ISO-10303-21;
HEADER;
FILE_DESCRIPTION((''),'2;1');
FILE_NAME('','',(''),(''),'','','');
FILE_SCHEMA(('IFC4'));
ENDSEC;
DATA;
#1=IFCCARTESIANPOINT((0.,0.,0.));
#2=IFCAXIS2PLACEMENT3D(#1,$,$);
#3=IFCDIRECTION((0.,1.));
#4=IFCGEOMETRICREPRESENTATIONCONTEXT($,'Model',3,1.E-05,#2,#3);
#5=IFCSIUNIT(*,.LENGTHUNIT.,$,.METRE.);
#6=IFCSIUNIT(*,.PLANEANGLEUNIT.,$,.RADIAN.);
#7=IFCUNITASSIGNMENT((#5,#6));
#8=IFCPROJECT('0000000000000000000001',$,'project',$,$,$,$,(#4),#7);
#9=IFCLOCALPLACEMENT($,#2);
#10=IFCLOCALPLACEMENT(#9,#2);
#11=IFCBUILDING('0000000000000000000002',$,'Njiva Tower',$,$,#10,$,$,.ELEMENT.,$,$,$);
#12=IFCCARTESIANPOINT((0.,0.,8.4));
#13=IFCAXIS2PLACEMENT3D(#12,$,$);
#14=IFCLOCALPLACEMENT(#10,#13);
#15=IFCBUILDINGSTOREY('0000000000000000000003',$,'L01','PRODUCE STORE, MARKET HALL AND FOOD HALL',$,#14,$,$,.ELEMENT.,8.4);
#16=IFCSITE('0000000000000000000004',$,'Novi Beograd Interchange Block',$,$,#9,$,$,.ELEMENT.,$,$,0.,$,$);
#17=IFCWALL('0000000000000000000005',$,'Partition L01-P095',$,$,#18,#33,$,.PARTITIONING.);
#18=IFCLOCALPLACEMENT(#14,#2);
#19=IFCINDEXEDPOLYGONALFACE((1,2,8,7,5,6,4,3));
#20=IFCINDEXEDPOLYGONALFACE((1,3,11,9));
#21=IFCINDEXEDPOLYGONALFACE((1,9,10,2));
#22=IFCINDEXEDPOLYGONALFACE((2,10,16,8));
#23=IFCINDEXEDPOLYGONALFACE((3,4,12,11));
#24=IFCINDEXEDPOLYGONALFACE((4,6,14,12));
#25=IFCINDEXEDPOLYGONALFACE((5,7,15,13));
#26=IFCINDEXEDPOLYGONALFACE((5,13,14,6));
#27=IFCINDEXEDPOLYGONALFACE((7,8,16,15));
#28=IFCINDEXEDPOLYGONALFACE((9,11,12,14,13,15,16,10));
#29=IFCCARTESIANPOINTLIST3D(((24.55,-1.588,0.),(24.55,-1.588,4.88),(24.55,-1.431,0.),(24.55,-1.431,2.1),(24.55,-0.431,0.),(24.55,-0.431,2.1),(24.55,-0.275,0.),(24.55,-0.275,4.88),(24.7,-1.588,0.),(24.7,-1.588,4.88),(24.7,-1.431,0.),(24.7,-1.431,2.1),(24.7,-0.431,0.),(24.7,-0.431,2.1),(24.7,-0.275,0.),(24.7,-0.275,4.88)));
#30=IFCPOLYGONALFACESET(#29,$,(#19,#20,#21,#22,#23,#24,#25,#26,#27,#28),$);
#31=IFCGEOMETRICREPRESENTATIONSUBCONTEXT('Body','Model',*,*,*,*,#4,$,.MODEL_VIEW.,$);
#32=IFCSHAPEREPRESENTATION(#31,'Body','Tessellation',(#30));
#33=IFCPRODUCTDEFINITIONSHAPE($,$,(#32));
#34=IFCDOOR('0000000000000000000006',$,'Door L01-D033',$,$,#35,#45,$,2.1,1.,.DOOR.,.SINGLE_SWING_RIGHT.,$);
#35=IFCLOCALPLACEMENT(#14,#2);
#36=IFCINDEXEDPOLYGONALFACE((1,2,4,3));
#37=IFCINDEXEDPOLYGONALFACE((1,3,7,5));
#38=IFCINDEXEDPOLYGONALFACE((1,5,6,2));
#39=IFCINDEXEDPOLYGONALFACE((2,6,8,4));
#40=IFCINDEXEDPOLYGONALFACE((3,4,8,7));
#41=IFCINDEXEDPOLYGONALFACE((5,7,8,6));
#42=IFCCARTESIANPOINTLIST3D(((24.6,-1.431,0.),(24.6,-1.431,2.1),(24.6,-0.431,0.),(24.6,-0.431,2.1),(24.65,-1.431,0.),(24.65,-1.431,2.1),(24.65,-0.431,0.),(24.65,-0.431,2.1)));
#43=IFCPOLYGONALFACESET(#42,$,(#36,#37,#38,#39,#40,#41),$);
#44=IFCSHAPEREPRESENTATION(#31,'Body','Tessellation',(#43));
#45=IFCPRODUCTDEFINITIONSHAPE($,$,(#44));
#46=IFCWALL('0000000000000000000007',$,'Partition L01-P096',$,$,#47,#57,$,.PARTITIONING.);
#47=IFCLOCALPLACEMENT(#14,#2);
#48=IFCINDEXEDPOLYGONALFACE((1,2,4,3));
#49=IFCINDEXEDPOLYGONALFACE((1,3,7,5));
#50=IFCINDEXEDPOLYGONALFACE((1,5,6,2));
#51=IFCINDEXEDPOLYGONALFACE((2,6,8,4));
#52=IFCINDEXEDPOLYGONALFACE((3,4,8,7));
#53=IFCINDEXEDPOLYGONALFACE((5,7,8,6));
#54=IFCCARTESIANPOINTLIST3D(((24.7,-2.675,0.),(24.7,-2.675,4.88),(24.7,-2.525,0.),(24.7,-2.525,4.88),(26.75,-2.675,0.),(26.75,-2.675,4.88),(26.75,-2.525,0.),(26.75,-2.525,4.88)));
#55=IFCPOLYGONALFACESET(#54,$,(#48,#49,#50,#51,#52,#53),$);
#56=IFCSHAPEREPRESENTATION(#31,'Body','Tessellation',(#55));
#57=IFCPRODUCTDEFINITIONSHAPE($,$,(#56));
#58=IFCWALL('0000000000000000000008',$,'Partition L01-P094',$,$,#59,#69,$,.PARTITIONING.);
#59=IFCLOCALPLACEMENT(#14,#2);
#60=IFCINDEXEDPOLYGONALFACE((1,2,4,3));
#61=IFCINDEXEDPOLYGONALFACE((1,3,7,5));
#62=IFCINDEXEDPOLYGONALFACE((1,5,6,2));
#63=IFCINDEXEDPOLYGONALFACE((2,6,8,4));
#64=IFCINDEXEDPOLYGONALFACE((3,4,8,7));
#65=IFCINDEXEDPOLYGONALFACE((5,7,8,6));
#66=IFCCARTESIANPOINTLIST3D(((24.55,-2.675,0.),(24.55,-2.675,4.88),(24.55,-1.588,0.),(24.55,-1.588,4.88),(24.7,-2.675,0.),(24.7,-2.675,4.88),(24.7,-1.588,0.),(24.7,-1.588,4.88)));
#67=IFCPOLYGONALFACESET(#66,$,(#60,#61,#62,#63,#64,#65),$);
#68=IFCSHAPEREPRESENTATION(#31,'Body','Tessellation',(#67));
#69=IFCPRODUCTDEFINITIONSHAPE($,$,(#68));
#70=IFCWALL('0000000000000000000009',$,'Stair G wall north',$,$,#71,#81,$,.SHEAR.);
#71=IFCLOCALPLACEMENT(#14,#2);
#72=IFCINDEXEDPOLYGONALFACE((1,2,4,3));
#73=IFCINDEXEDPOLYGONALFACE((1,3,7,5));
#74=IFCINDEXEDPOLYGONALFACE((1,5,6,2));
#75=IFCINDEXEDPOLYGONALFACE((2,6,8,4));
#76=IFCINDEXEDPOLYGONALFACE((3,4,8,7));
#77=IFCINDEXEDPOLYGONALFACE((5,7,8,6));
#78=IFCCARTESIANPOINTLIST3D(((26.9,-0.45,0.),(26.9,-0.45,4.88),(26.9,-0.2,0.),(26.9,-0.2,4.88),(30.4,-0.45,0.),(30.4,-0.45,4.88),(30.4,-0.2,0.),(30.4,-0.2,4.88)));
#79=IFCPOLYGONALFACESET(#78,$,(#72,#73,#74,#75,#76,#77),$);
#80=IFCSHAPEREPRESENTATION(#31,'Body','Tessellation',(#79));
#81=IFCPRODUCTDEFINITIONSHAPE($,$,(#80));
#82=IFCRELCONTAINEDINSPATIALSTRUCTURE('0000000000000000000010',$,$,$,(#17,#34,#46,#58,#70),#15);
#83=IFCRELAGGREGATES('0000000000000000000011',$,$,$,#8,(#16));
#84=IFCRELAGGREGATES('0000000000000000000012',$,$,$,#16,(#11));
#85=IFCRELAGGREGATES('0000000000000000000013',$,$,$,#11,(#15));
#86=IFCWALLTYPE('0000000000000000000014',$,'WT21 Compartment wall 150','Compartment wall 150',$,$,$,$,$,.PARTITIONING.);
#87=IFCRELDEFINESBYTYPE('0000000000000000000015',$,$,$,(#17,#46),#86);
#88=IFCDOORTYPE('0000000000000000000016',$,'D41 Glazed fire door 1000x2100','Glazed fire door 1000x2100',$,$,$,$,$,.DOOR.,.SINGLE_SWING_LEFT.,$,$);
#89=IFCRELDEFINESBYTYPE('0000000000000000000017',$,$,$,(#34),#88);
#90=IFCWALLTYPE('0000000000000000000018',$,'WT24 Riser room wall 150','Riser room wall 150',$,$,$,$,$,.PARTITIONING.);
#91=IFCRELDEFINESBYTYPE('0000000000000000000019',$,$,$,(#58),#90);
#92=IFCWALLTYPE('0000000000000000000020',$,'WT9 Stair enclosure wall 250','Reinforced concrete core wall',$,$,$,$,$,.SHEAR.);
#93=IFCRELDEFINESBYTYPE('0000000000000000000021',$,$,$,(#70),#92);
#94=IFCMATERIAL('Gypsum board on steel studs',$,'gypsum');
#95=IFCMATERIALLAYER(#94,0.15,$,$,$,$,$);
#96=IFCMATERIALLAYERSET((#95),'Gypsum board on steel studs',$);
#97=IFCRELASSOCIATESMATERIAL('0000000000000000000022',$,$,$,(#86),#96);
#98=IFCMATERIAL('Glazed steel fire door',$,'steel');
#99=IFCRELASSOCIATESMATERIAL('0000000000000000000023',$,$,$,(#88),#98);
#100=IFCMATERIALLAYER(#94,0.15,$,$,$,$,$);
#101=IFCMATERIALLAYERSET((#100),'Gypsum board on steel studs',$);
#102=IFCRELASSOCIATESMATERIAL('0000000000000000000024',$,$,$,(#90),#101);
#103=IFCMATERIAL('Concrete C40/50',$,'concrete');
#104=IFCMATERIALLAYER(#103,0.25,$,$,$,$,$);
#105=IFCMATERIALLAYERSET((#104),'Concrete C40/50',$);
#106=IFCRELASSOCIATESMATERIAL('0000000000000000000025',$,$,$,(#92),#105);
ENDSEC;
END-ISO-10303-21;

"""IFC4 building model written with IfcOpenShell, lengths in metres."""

from ifc_helpers import new_model, si_unit, direction, frame, frame_2d, origin, place, context, subcontext, project, spatial, rectangle, extrude, material, layer, layer_set, type_object, element, fill, save


model = new_model("IFC4")

# Units and contexts
model_context = context("Model", 3, precision=1e-05, world=origin(), true_north=direction((0.0, 1.0)))
body_context = subcontext(model_context, "Body", "Model", "MODEL_VIEW")
ifc_project = project(units=[si_unit("LENGTHUNIT", "METRE"), si_unit("PLANEANGLEUNIT", "RADIAN")], contexts=[model_context])

# Site, building, storey
site_placement = place(None, origin())
site = spatial("IfcSite", under=ifc_project, at=site_placement, Name="Novi Beograd Interchange Block", CompositionType="ELEMENT", RefElevation=0.0)
building_placement = place(site_placement, origin())
building = spatial("IfcBuilding", under=site, at=building_placement, Name="Njiva Tower", CompositionType="ELEMENT")
storey_placement = place(building_placement, frame((0.0, 0.0, 8.4)))
storey = spatial("IfcBuildingStorey", under=building, at=storey_placement, Name="L01", Description="PRODUCE STORE, MARKET HALL AND FOOD HALL", CompositionType="ELEMENT", Elevation=8.4)

# Wall, opening, door
ifc_material_1 = material(Name="Gypsum board on steel studs", Category="gypsum")
ifc_layer_1 = layer(ifc_material_1, 0.15)
ifc_layer_set_1 = layer_set([ifc_layer_1], Name="Gypsum board on steel studs")
wall_type_1 = type_object("IfcWallType", Name="WT21 Compartment wall 150", Description="Compartment wall 150", PredefinedType="PARTITIONING", material=ifc_layer_set_1)
wall_1_placement = place(storey_placement, frame((24.625, -1.588, 0.0), z_axis=(0.0, 0.0, 1.0), x_axis=(0.0, 1.0, 0.0)))
wall_1 = element("IfcWall", 1, at=wall_1_placement, inside=storey, type_object=wall_type_1, Name="Partition L01-P095", PredefinedType="PARTITIONING", context=body_context, shape_type="SweptSolid", body=[
    extrude(rectangle(XDim=1.313, YDim=0.15, at=frame_2d((0.6565, 0.0))), origin(), (0.0, 0.0, 1.0), 4.88),
])
opening_placement = place(wall_1_placement, frame((0.157, 0.0, 0.0)))
opening = element("IfcOpeningElement", 2, at=opening_placement, cuts=wall_1, PredefinedType="OPENING", context=body_context, shape_type="SweptSolid", body=[
    extrude(rectangle(XDim=1.0, YDim=2.1, at=frame_2d((0.5, 1.05))), frame((0.0, 0.085, 0.0), z_axis=(0.0, -1.0, 0.0), x_axis=(1.0, 0.0, 0.0)), (0.0, 0.0, 1.0), 0.17),
])
ifc_material_2 = material(Name="Glazed steel fire door", Category="steel")
door_type = type_object("IfcDoorType", Name="D41 Glazed fire door 1000x2100", Description="Glazed fire door 1000x2100", OperationType="SINGLE_SWING_LEFT", PredefinedType="DOOR", material=ifc_material_2)
door_placement = place(opening_placement, origin())
door = element("IfcDoor", 3, at=door_placement, inside=storey, type_object=door_type, Name="Door L01-D033", OperationType="SINGLE_SWING_RIGHT", OverallHeight=2.1, OverallWidth=1.0, PredefinedType="DOOR", context=body_context, shape_type="SweptSolid", body=[
    extrude(rectangle(XDim=1.0, YDim=2.1, at=frame_2d((0.5, 1.05))), frame((0.0, 0.025, 0.0), z_axis=(0.0, -1.0, 0.0), x_axis=(1.0, 0.0, 0.0)), (0.0, 0.0, 1.0), 0.05),
])
fill(opening, door)

# Walls
wall_2_placement = place(storey_placement, frame((24.7, -2.6, 0.0), z_axis=(0.0, 0.0, 1.0), x_axis=(1.0, 0.0, 0.0)))
element("IfcWall", 4, at=wall_2_placement, inside=storey, type_object=wall_type_1, Name="Partition L01-P096", PredefinedType="PARTITIONING", context=body_context, shape_type="SweptSolid", body=[
    extrude(rectangle(XDim=2.05, YDim=0.15, at=frame_2d((1.025, 0.0))), origin(), (0.0, 0.0, 1.0), 4.88),
])
ifc_layer_2 = layer(ifc_material_1, 0.15)
ifc_layer_set_2 = layer_set([ifc_layer_2], Name="Gypsum board on steel studs")
wall_type_2 = type_object("IfcWallType", Name="WT24 Riser room wall 150", Description="Riser room wall 150", PredefinedType="PARTITIONING", material=ifc_layer_set_2)
wall_3_placement = place(storey_placement, frame((24.625, -2.675, 0.0), z_axis=(0.0, 0.0, 1.0), x_axis=(0.0, 1.0, 0.0)))
element("IfcWall", 5, at=wall_3_placement, inside=storey, type_object=wall_type_2, Name="Partition L01-P094", PredefinedType="PARTITIONING", context=body_context, shape_type="SweptSolid", body=[
    extrude(rectangle(XDim=1.087, YDim=0.15, at=frame_2d((0.5435, 0.0))), origin(), (0.0, 0.0, 1.0), 4.88),
])
ifc_material_3 = material(Name="Concrete C40/50", Category="concrete")
ifc_layer_3 = layer(ifc_material_3, 0.25)
ifc_layer_set_3 = layer_set([ifc_layer_3], Name="Concrete C40/50")
wall_type_3 = type_object("IfcWallType", Name="WT9 Stair enclosure wall 250", Description="Reinforced concrete core wall", PredefinedType="SHEAR", material=ifc_layer_set_3)
wall_4_placement = place(storey_placement, frame((26.9, -0.325, 0.0), z_axis=(0.0, 0.0, 1.0), x_axis=(1.0, 0.0, 0.0)))
element("IfcWall", 6, at=wall_4_placement, inside=storey, type_object=wall_type_3, Name="Stair G wall north", PredefinedType="SHEAR", context=body_context, shape_type="SweptSolid", body=[
    extrude(rectangle(XDim=3.5, YDim=0.25, at=frame_2d((1.75, 0.0))), origin(), (0.0, 0.0, 1.0), 4.88),
])

save(model, "model.ifc")
